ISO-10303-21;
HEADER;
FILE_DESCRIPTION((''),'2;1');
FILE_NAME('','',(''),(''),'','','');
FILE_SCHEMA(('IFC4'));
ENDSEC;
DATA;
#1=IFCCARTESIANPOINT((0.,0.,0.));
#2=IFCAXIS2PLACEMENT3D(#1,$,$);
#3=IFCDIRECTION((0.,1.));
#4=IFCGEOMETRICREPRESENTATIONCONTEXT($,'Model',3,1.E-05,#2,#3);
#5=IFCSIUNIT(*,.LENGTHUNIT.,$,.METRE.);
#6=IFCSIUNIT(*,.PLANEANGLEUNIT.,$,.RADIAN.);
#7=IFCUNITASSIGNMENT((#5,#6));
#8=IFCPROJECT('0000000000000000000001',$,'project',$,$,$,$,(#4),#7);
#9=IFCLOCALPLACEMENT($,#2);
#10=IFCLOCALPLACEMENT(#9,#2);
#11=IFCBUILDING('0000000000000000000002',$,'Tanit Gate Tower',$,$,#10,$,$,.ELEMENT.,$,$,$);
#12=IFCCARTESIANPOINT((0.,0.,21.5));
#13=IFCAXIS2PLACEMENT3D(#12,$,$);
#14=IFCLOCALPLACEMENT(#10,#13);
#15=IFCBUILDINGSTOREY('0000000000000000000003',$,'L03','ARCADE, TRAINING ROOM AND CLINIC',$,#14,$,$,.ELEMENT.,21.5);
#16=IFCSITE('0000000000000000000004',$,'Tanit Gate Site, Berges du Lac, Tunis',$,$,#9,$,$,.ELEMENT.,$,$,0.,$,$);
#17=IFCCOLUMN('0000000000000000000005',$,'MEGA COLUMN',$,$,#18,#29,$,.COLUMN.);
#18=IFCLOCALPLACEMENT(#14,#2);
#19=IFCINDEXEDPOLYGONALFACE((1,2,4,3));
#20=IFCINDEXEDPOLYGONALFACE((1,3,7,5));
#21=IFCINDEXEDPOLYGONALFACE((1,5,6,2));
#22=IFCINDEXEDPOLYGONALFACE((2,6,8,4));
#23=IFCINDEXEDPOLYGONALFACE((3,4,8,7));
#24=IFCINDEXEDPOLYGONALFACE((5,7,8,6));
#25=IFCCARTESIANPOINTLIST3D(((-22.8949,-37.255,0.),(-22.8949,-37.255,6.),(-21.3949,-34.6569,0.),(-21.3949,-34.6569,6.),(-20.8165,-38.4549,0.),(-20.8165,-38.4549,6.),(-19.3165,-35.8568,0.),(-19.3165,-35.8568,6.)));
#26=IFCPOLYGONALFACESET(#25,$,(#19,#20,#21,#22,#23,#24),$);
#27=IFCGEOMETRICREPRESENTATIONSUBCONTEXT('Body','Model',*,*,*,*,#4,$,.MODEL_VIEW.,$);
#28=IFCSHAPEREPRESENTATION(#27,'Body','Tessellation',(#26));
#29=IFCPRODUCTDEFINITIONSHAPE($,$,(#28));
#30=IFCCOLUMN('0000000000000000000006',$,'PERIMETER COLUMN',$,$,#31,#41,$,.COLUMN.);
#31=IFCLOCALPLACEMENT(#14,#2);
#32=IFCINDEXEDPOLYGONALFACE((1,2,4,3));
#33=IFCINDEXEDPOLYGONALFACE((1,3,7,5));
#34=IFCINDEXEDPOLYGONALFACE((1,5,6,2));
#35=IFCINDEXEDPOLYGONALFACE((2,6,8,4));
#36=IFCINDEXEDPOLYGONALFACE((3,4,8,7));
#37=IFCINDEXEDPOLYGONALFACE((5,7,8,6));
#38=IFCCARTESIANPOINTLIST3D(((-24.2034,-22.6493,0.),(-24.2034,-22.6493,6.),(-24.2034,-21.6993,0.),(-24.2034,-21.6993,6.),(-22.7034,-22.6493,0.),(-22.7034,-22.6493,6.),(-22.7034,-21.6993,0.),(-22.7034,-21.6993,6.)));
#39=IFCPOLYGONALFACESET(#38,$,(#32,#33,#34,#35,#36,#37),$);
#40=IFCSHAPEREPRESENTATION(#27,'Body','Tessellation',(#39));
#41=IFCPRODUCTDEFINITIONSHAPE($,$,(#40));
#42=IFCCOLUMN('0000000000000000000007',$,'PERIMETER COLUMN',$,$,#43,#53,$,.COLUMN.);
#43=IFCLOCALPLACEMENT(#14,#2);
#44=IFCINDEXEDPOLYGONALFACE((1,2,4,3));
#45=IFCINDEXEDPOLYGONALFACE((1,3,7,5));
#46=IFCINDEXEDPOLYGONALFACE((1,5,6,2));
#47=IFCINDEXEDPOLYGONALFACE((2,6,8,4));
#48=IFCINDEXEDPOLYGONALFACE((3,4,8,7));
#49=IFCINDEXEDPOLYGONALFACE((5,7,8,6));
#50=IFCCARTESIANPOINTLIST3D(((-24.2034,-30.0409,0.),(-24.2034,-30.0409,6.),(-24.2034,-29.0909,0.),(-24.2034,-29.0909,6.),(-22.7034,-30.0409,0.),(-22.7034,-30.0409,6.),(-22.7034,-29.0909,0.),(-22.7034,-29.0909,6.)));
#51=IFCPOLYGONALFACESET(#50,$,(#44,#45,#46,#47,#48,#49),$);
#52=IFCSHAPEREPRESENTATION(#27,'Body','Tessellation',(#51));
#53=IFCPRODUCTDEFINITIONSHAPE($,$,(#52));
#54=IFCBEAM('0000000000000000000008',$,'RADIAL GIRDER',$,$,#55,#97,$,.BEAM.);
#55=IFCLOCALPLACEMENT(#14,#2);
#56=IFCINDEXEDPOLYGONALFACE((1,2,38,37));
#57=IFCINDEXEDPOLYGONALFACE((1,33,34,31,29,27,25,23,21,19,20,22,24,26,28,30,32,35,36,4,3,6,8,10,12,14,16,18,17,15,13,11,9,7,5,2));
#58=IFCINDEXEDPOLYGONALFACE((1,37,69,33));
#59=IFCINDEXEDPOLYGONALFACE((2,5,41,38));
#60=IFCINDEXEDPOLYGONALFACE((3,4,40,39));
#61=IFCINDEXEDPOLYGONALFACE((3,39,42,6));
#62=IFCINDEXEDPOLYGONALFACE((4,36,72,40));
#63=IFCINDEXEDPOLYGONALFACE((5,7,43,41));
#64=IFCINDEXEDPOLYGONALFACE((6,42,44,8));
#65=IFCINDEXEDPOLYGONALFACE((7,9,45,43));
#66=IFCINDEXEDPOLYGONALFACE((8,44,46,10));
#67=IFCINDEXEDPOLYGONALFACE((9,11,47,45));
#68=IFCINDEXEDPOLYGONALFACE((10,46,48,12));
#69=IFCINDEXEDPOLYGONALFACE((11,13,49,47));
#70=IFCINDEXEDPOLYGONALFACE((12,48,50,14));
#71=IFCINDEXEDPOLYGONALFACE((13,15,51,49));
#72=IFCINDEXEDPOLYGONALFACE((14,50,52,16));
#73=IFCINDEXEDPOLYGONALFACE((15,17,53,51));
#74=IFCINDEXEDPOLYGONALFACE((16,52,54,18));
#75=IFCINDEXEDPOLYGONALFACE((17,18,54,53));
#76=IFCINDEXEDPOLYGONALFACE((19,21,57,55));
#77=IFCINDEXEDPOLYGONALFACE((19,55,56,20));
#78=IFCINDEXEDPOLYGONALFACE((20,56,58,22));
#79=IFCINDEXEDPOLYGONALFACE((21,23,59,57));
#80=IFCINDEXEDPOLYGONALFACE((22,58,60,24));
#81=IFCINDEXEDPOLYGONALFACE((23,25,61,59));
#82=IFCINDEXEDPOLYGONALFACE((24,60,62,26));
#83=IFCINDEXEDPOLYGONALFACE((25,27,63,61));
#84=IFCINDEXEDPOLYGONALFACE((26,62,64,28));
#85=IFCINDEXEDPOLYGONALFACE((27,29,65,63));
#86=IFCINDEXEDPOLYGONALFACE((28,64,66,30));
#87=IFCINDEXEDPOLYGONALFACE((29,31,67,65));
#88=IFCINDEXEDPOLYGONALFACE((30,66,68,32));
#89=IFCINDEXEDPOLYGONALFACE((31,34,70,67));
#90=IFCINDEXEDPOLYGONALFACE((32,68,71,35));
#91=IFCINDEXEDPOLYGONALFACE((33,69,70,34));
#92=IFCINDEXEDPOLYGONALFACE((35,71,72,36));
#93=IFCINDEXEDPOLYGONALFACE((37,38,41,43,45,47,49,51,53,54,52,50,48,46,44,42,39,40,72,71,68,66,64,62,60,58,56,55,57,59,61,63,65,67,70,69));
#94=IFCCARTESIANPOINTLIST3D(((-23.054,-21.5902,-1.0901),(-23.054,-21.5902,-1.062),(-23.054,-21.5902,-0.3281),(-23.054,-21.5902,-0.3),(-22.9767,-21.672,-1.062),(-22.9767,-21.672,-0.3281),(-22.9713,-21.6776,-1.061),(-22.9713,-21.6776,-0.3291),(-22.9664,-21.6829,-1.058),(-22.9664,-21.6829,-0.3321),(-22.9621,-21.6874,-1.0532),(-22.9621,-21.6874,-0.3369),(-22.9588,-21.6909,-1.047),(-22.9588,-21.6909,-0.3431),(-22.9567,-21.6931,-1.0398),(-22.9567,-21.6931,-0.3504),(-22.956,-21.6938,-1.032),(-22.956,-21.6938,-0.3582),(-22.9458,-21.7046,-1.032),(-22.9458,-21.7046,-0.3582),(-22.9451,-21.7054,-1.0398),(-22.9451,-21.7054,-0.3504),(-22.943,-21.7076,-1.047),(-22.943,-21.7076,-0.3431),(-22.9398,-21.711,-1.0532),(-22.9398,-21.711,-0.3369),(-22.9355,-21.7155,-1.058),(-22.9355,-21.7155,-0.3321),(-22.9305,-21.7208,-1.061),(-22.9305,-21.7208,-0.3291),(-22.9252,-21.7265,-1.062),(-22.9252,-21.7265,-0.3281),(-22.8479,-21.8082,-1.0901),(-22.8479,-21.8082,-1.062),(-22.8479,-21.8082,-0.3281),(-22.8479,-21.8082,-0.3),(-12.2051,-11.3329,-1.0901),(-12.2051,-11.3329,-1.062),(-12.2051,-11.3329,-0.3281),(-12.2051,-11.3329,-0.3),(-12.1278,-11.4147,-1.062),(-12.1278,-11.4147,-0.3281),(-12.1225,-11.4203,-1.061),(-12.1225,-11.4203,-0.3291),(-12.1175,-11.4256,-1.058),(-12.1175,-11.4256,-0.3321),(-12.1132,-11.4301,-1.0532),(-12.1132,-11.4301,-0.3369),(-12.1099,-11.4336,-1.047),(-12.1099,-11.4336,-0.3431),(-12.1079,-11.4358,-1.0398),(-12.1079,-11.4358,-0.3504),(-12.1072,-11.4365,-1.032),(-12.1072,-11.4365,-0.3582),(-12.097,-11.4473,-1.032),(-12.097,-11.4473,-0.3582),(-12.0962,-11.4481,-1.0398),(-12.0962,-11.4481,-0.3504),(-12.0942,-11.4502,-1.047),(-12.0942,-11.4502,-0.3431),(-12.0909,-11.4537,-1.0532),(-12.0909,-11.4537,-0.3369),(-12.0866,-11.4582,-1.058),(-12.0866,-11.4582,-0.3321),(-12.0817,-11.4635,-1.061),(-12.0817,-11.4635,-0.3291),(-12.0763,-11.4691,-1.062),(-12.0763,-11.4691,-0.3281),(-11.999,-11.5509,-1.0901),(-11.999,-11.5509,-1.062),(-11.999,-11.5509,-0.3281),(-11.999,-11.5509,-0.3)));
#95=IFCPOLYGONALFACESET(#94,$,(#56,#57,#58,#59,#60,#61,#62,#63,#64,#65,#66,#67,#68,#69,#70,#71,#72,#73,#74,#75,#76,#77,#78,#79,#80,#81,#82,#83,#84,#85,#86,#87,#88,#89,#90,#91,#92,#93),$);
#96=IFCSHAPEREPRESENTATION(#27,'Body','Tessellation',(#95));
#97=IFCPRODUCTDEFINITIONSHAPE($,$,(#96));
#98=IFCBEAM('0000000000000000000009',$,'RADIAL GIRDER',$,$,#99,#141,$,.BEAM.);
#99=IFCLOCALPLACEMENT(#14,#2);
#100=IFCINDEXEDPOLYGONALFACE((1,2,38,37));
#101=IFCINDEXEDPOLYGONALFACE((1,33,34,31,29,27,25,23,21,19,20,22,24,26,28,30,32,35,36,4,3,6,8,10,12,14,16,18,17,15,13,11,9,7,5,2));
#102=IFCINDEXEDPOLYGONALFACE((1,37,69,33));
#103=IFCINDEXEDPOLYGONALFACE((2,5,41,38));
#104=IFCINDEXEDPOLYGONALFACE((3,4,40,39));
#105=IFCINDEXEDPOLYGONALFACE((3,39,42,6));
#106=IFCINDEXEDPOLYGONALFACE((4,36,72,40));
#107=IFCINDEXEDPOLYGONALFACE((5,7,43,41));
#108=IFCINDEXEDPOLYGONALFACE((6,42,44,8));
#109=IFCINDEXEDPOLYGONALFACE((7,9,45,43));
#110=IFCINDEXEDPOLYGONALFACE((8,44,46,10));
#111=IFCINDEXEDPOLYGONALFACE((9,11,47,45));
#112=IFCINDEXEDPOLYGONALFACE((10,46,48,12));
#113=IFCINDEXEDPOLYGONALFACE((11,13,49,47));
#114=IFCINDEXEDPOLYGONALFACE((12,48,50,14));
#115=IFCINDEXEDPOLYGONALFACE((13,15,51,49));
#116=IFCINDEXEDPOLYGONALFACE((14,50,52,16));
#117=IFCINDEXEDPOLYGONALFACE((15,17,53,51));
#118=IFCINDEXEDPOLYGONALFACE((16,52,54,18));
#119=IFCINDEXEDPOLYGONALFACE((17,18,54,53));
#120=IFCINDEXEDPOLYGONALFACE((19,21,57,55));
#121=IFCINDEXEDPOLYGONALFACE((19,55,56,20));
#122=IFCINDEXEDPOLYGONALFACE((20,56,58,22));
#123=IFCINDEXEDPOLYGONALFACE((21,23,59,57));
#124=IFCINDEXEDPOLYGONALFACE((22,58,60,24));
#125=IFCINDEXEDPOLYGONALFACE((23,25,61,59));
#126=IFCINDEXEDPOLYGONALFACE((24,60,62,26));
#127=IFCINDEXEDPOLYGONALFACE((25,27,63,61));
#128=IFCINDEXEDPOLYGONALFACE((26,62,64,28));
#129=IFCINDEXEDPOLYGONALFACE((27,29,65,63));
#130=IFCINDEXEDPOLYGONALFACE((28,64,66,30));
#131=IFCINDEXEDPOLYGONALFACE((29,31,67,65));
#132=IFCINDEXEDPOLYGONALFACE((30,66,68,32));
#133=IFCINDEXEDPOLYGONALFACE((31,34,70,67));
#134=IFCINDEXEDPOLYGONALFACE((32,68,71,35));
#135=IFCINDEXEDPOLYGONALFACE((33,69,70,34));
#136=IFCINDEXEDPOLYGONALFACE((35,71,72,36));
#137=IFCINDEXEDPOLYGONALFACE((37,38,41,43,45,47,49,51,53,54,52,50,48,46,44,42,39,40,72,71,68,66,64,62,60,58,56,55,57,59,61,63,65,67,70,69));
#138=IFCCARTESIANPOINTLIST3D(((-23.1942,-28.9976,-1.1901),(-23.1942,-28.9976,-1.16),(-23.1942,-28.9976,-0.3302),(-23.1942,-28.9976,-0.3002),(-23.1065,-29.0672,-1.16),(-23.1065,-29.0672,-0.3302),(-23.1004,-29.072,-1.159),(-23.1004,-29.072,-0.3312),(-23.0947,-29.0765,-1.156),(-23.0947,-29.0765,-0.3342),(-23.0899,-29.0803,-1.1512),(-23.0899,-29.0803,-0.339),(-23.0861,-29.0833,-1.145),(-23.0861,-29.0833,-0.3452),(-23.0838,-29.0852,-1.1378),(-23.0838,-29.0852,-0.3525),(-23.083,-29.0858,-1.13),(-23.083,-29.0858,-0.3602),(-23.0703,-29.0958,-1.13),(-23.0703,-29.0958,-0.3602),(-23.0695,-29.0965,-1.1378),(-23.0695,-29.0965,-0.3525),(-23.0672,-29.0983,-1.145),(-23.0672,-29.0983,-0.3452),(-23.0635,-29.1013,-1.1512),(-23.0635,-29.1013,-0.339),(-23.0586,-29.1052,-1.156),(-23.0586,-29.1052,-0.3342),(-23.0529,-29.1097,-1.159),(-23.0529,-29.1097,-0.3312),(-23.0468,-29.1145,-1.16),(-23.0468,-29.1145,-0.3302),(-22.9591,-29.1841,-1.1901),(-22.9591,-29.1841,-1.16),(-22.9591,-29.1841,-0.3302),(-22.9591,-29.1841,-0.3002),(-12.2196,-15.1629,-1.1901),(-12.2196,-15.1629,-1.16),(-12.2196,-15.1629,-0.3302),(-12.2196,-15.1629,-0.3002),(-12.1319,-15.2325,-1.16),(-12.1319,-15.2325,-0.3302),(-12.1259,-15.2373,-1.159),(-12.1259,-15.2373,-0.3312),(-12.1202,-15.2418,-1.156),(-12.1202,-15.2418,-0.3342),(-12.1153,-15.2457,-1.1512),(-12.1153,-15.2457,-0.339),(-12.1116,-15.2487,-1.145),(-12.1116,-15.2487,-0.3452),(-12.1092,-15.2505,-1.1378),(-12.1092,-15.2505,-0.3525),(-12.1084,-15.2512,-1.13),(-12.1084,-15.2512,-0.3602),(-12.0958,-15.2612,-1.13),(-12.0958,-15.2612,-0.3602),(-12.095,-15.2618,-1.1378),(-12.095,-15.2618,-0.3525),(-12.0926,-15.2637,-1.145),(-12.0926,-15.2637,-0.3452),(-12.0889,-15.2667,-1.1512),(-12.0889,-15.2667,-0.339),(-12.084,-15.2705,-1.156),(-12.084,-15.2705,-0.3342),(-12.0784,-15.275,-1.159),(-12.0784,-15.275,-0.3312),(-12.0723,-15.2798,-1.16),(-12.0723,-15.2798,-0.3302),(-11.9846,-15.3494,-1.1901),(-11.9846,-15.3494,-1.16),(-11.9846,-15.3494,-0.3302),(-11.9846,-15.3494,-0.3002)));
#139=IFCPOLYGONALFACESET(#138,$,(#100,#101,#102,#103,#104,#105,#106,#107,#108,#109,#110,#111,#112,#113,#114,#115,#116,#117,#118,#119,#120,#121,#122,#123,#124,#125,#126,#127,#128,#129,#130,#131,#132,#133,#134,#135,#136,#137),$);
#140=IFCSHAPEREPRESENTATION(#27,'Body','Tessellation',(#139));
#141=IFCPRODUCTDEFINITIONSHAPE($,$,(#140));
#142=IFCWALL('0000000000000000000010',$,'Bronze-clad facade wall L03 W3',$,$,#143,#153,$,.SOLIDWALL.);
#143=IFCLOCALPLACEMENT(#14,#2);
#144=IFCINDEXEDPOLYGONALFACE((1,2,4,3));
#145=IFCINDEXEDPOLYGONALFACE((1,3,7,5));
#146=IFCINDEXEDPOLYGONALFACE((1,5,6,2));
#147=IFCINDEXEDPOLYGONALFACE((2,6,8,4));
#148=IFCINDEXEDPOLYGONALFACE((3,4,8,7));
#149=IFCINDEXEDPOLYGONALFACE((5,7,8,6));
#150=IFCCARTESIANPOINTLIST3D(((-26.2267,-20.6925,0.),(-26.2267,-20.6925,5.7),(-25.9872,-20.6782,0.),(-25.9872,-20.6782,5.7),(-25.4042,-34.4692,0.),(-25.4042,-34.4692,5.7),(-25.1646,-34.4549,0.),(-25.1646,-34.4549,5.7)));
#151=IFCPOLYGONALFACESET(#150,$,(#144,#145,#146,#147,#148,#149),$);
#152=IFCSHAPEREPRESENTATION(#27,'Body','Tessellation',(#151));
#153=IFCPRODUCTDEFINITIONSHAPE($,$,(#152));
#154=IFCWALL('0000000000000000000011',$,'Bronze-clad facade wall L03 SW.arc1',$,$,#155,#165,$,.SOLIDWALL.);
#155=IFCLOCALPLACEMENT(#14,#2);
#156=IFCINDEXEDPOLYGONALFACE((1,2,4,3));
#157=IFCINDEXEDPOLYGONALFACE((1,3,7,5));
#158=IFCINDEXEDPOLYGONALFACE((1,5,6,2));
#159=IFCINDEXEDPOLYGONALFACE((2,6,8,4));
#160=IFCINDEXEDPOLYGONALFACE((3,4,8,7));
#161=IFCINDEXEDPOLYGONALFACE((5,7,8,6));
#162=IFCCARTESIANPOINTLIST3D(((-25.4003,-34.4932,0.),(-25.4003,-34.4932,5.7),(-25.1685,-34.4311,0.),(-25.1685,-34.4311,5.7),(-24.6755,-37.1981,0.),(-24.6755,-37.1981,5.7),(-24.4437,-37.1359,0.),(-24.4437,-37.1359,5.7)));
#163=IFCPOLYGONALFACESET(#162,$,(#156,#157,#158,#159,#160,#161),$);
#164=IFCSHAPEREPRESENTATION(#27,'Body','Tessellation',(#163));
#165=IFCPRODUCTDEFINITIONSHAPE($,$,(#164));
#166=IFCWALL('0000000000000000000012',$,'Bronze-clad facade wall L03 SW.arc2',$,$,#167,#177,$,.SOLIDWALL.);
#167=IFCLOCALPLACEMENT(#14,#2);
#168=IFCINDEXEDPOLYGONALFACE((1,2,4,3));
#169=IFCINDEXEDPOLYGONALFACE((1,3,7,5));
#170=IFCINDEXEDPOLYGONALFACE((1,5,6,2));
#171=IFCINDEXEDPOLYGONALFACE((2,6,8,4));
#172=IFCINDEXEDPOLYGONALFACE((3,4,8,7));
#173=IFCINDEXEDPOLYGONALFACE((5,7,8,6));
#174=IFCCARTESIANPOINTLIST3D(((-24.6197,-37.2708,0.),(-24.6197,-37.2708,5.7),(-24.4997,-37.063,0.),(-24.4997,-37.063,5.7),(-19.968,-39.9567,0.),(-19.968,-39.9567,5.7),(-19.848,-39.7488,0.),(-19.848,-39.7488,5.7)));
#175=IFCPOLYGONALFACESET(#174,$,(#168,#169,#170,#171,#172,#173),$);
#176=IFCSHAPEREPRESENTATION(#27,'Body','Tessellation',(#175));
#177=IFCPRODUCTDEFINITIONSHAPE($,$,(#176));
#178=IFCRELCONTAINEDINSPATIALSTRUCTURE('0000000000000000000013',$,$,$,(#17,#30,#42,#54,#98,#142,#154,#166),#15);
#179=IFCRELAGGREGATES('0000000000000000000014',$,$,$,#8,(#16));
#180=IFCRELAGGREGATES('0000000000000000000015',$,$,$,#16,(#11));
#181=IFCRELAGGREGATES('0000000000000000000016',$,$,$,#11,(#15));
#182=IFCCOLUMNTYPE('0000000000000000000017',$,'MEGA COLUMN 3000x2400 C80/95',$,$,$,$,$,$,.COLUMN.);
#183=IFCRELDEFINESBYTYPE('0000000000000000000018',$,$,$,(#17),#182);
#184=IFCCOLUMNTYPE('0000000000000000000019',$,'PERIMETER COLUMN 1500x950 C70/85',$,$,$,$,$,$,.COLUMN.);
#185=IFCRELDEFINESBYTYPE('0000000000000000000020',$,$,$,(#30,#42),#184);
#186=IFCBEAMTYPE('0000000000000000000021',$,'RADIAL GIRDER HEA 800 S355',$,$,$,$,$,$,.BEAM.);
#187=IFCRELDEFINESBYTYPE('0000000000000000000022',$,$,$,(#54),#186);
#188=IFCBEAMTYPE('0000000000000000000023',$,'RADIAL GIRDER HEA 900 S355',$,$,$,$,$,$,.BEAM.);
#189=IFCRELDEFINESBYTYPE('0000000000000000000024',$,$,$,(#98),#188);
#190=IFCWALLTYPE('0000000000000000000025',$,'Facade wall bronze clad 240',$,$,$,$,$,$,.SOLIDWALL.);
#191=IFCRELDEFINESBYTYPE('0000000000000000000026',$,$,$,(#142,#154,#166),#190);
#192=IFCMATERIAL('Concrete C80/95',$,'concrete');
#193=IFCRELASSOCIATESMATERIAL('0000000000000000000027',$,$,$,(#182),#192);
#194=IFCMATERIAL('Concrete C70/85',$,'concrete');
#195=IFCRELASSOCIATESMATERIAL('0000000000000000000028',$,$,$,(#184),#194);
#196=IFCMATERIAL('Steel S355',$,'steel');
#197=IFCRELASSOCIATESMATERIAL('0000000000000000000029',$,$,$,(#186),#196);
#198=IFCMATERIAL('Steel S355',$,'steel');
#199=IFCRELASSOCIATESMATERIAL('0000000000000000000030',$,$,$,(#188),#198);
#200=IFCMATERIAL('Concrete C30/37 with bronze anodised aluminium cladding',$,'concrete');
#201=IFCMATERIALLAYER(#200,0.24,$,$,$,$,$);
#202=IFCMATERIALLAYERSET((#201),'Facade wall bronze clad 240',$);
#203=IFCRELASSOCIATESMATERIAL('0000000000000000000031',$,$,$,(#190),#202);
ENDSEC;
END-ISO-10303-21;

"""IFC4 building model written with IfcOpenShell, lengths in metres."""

from ifc_helpers import new_model, si_unit, direction, frame, frame_2d, origin, origin_2d, place, context, subcontext, project, spatial, rectangle, i_section, extrude, material, layer, layer_set, material_profile, profile_set, type_object, element, save


model = new_model("IFC4")

# Units and contexts
model_context = context("Model", 3, precision=1e-05, world=origin(), true_north=direction((0.0, 1.0)))
body_context = subcontext(model_context, "Body", "Model", "MODEL_VIEW")
ifc_project = project(units=[si_unit("LENGTHUNIT", "METRE"), si_unit("PLANEANGLEUNIT", "RADIAN")], contexts=[model_context])

# Site, building, storey
site_placement = place(None, origin())
site = spatial("IfcSite", under=ifc_project, at=site_placement, Name="Tanit Gate Site, Berges du Lac, Tunis", CompositionType="ELEMENT", RefElevation=0.0)
building_placement = place(site_placement, origin())
building = spatial("IfcBuilding", under=site, at=building_placement, Name="Tanit Gate Tower", CompositionType="ELEMENT")
storey_placement = place(building_placement, frame((0.0, 0.0, 21.5)))
storey = spatial("IfcBuildingStorey", under=building, at=storey_placement, Name="L03", Description="ARCADE, TRAINING ROOM AND CLINIC", CompositionType="ELEMENT", Elevation=21.5)

# Columns
ifc_material_1 = material(Name="Concrete C80/95", Category="concrete")
ifc_material_profile_1 = material_profile(ifc_material_1, rectangle(XDim=3.0, YDim=2.3999, at=origin_2d()), Name="RC 3000x2400")
ifc_profile_set_1 = profile_set([ifc_material_profile_1], Name="Concrete C80/95")
column_type_1 = type_object("IfcColumnType", Name="MEGA COLUMN 3000x2400 C80/95", PredefinedType="COLUMN", material=ifc_profile_set_1)
column_placement = place(storey_placement, frame((-21.1057, -36.5559, 0.0), z_axis=(0.0, 0.0, 1.0), x_axis=(-0.5, -0.866025, 0.0)))
element("IfcColumn", 1, at=column_placement, inside=storey, type_object=column_type_1, Name="MEGA COLUMN", PredefinedType="COLUMN", context=body_context, shape_type="SweptSolid", body=[
    extrude(rectangle(XDim=3.0, YDim=2.3999, at=origin_2d()), origin(), (0.0, 0.0, 1.0), 6.0),
])
ifc_material_2 = material(Name="Concrete C70/85", Category="concrete")
ifc_material_profile_2 = material_profile(ifc_material_2, rectangle(XDim=1.5, YDim=0.95, at=origin_2d()), Name="RC 1500x950")
ifc_profile_set_2 = profile_set([ifc_material_profile_2], Name="Concrete C70/85")
column_type_2 = type_object("IfcColumnType", Name="PERIMETER COLUMN 1500x950 C70/85", PredefinedType="COLUMN", material=ifc_profile_set_2)
for number, where, z_axis, x_axis, name in (
    (2, (-23.4534, -22.1743, 0.0), (0.0, 0.0, 1.0), (-1.0, 0.0, 0.0), "PERIMETER COLUMN"),
    (3, (-23.4534, -29.5659, 0.0), (0.0, 0.0, 1.0), (-1.0, 0.0, 0.0), "PERIMETER COLUMN"),
):
    element("IfcColumn", number, at=place(storey_placement, frame(where, z_axis=z_axis, x_axis=x_axis)), inside=storey, type_object=column_type_2, Name=name, PredefinedType="COLUMN", context=body_context, shape_type="SweptSolid", body=[
        extrude(rectangle(XDim=1.5, YDim=0.95, at=origin_2d()), origin(), (0.0, 0.0, 1.0), 6.0),
    ])

# Beams
ifc_material_3 = material(Name="Steel S355", Category="steel")
ifc_material_profile_3 = material_profile(ifc_material_3, i_section(OverallWidth=0.3, OverallDepth=0.79, WebThickness=0.0149, FlangeThickness=0.0281, FilletRadius=0.03, at=origin_2d()), Name="HEA 800")
ifc_profile_set_3 = profile_set([ifc_material_profile_3], Name="Steel S355")
beam_type_1 = type_object("IfcBeamType", Name="RADIAL GIRDER HEA 800 S355", PredefinedType="BEAM", material=ifc_profile_set_3)
beam_1_placement = place(storey_placement, frame((-22.9509, -21.6992, -0.6951), z_axis=(0.72664, 0.687019, 0.0), x_axis=(-0.687019, 0.72664, 0.0)))
element("IfcBeam", 4, at=beam_1_placement, inside=storey, type_object=beam_type_1, Name="RADIAL GIRDER", PredefinedType="BEAM", context=body_context, shape_type="SweptSolid", body=[
    extrude(i_section(OverallWidth=0.3, OverallDepth=0.79, WebThickness=0.0149, FlangeThickness=0.0281, FilletRadius=0.03, at=origin_2d()), origin(), (0.0, 0.0, 1.0), 14.9302),
])
ifc_material_4 = material(Name="Steel S355", Category="steel")
ifc_material_profile_4 = material_profile(ifc_material_4, i_section(OverallWidth=0.3, OverallDepth=0.8899, WebThickness=0.0161, FlangeThickness=0.03, FilletRadius=0.03, at=origin_2d()), Name="HEA 900")
ifc_profile_set_4 = profile_set([ifc_material_profile_4], Name="Steel S355")
beam_type_2 = type_object("IfcBeamType", Name="RADIAL GIRDER HEA 900 S355", PredefinedType="BEAM", material=ifc_profile_set_4)
beam_2_placement = place(storey_placement, frame((-23.0767, -29.0908, -0.7451), z_axis=(0.621473, 0.783436, 0.0), x_axis=(-0.783436, 0.621473, 0.0)))
element("IfcBeam", 5, at=beam_2_placement, inside=storey, type_object=beam_type_2, Name="RADIAL GIRDER", PredefinedType="BEAM", context=body_context, shape_type="SweptSolid", body=[
    extrude(i_section(OverallWidth=0.3, OverallDepth=0.8899, WebThickness=0.0161, FlangeThickness=0.03, FilletRadius=0.03, at=origin_2d()), origin(), (0.0, 0.0, 1.0), 17.6589),
])

# Walls
ifc_material_5 = material(Name="Concrete C30/37 with bronze anodised aluminium cladding", Category="concrete")
ifc_layer_1 = layer(ifc_material_5, 0.24)
ifc_layer_set_1 = layer_set([ifc_layer_1], Name="Facade wall bronze clad 240")
wall_type_1 = type_object("IfcWallType", Name="Facade wall bronze clad 240", PredefinedType="SOLIDWALL", material=ifc_layer_set_1)
wall_1_placement = place(storey_placement, frame((-26.1069, -20.6853, 0.0), z_axis=(0.0, 0.0, 1.0), x_axis=(0.059596, -0.998223, 0.0)))
element("IfcWall", 6, at=wall_1_placement, inside=storey, type_object=wall_type_1, Name="Bronze-clad facade wall L03 W3", PredefinedType="SOLIDWALL", context=body_context, shape_type="SweptSolid", body=[
    extrude(rectangle(XDim=13.8013, YDim=0.24, at=frame_2d((6.9006, 0.0))), origin(), (0.0, 0.0, 1.0), 5.7),
])
wall_2_placement = place(storey_placement, frame((-25.2844, -34.4622, 0.0), z_axis=(0.0, 0.0, 1.0), x_axis=(0.258851, -0.965917, 0.0)))
element("IfcWall", 7, at=wall_2_placement, inside=storey, type_object=wall_type_1, Name="Bronze-clad facade wall L03 SW.arc1", PredefinedType="SOLIDWALL", context=body_context, shape_type="SweptSolid", body=[
    extrude(rectangle(XDim=2.8003, YDim=0.24, at=frame_2d((1.4001, 0.0))), origin(), (0.0, 0.0, 1.0), 5.7),
])
wall_3_placement = place(storey_placement, frame((-24.5596, -37.167, 0.0), z_axis=(0.0, 0.0, 1.0), x_axis=(0.866011, -0.500025, 0.0)))
element("IfcWall", 8, at=wall_3_placement, inside=storey, type_object=wall_type_1, Name="Bronze-clad facade wall L03 SW.arc2", PredefinedType="SOLIDWALL", context=body_context, shape_type="SweptSolid", body=[
    extrude(rectangle(XDim=5.3713, YDim=0.24, at=frame_2d((2.6855, 0.0))), origin(), (0.0, 0.0, 1.0), 5.7),
])

save(model, "model.ifc")
